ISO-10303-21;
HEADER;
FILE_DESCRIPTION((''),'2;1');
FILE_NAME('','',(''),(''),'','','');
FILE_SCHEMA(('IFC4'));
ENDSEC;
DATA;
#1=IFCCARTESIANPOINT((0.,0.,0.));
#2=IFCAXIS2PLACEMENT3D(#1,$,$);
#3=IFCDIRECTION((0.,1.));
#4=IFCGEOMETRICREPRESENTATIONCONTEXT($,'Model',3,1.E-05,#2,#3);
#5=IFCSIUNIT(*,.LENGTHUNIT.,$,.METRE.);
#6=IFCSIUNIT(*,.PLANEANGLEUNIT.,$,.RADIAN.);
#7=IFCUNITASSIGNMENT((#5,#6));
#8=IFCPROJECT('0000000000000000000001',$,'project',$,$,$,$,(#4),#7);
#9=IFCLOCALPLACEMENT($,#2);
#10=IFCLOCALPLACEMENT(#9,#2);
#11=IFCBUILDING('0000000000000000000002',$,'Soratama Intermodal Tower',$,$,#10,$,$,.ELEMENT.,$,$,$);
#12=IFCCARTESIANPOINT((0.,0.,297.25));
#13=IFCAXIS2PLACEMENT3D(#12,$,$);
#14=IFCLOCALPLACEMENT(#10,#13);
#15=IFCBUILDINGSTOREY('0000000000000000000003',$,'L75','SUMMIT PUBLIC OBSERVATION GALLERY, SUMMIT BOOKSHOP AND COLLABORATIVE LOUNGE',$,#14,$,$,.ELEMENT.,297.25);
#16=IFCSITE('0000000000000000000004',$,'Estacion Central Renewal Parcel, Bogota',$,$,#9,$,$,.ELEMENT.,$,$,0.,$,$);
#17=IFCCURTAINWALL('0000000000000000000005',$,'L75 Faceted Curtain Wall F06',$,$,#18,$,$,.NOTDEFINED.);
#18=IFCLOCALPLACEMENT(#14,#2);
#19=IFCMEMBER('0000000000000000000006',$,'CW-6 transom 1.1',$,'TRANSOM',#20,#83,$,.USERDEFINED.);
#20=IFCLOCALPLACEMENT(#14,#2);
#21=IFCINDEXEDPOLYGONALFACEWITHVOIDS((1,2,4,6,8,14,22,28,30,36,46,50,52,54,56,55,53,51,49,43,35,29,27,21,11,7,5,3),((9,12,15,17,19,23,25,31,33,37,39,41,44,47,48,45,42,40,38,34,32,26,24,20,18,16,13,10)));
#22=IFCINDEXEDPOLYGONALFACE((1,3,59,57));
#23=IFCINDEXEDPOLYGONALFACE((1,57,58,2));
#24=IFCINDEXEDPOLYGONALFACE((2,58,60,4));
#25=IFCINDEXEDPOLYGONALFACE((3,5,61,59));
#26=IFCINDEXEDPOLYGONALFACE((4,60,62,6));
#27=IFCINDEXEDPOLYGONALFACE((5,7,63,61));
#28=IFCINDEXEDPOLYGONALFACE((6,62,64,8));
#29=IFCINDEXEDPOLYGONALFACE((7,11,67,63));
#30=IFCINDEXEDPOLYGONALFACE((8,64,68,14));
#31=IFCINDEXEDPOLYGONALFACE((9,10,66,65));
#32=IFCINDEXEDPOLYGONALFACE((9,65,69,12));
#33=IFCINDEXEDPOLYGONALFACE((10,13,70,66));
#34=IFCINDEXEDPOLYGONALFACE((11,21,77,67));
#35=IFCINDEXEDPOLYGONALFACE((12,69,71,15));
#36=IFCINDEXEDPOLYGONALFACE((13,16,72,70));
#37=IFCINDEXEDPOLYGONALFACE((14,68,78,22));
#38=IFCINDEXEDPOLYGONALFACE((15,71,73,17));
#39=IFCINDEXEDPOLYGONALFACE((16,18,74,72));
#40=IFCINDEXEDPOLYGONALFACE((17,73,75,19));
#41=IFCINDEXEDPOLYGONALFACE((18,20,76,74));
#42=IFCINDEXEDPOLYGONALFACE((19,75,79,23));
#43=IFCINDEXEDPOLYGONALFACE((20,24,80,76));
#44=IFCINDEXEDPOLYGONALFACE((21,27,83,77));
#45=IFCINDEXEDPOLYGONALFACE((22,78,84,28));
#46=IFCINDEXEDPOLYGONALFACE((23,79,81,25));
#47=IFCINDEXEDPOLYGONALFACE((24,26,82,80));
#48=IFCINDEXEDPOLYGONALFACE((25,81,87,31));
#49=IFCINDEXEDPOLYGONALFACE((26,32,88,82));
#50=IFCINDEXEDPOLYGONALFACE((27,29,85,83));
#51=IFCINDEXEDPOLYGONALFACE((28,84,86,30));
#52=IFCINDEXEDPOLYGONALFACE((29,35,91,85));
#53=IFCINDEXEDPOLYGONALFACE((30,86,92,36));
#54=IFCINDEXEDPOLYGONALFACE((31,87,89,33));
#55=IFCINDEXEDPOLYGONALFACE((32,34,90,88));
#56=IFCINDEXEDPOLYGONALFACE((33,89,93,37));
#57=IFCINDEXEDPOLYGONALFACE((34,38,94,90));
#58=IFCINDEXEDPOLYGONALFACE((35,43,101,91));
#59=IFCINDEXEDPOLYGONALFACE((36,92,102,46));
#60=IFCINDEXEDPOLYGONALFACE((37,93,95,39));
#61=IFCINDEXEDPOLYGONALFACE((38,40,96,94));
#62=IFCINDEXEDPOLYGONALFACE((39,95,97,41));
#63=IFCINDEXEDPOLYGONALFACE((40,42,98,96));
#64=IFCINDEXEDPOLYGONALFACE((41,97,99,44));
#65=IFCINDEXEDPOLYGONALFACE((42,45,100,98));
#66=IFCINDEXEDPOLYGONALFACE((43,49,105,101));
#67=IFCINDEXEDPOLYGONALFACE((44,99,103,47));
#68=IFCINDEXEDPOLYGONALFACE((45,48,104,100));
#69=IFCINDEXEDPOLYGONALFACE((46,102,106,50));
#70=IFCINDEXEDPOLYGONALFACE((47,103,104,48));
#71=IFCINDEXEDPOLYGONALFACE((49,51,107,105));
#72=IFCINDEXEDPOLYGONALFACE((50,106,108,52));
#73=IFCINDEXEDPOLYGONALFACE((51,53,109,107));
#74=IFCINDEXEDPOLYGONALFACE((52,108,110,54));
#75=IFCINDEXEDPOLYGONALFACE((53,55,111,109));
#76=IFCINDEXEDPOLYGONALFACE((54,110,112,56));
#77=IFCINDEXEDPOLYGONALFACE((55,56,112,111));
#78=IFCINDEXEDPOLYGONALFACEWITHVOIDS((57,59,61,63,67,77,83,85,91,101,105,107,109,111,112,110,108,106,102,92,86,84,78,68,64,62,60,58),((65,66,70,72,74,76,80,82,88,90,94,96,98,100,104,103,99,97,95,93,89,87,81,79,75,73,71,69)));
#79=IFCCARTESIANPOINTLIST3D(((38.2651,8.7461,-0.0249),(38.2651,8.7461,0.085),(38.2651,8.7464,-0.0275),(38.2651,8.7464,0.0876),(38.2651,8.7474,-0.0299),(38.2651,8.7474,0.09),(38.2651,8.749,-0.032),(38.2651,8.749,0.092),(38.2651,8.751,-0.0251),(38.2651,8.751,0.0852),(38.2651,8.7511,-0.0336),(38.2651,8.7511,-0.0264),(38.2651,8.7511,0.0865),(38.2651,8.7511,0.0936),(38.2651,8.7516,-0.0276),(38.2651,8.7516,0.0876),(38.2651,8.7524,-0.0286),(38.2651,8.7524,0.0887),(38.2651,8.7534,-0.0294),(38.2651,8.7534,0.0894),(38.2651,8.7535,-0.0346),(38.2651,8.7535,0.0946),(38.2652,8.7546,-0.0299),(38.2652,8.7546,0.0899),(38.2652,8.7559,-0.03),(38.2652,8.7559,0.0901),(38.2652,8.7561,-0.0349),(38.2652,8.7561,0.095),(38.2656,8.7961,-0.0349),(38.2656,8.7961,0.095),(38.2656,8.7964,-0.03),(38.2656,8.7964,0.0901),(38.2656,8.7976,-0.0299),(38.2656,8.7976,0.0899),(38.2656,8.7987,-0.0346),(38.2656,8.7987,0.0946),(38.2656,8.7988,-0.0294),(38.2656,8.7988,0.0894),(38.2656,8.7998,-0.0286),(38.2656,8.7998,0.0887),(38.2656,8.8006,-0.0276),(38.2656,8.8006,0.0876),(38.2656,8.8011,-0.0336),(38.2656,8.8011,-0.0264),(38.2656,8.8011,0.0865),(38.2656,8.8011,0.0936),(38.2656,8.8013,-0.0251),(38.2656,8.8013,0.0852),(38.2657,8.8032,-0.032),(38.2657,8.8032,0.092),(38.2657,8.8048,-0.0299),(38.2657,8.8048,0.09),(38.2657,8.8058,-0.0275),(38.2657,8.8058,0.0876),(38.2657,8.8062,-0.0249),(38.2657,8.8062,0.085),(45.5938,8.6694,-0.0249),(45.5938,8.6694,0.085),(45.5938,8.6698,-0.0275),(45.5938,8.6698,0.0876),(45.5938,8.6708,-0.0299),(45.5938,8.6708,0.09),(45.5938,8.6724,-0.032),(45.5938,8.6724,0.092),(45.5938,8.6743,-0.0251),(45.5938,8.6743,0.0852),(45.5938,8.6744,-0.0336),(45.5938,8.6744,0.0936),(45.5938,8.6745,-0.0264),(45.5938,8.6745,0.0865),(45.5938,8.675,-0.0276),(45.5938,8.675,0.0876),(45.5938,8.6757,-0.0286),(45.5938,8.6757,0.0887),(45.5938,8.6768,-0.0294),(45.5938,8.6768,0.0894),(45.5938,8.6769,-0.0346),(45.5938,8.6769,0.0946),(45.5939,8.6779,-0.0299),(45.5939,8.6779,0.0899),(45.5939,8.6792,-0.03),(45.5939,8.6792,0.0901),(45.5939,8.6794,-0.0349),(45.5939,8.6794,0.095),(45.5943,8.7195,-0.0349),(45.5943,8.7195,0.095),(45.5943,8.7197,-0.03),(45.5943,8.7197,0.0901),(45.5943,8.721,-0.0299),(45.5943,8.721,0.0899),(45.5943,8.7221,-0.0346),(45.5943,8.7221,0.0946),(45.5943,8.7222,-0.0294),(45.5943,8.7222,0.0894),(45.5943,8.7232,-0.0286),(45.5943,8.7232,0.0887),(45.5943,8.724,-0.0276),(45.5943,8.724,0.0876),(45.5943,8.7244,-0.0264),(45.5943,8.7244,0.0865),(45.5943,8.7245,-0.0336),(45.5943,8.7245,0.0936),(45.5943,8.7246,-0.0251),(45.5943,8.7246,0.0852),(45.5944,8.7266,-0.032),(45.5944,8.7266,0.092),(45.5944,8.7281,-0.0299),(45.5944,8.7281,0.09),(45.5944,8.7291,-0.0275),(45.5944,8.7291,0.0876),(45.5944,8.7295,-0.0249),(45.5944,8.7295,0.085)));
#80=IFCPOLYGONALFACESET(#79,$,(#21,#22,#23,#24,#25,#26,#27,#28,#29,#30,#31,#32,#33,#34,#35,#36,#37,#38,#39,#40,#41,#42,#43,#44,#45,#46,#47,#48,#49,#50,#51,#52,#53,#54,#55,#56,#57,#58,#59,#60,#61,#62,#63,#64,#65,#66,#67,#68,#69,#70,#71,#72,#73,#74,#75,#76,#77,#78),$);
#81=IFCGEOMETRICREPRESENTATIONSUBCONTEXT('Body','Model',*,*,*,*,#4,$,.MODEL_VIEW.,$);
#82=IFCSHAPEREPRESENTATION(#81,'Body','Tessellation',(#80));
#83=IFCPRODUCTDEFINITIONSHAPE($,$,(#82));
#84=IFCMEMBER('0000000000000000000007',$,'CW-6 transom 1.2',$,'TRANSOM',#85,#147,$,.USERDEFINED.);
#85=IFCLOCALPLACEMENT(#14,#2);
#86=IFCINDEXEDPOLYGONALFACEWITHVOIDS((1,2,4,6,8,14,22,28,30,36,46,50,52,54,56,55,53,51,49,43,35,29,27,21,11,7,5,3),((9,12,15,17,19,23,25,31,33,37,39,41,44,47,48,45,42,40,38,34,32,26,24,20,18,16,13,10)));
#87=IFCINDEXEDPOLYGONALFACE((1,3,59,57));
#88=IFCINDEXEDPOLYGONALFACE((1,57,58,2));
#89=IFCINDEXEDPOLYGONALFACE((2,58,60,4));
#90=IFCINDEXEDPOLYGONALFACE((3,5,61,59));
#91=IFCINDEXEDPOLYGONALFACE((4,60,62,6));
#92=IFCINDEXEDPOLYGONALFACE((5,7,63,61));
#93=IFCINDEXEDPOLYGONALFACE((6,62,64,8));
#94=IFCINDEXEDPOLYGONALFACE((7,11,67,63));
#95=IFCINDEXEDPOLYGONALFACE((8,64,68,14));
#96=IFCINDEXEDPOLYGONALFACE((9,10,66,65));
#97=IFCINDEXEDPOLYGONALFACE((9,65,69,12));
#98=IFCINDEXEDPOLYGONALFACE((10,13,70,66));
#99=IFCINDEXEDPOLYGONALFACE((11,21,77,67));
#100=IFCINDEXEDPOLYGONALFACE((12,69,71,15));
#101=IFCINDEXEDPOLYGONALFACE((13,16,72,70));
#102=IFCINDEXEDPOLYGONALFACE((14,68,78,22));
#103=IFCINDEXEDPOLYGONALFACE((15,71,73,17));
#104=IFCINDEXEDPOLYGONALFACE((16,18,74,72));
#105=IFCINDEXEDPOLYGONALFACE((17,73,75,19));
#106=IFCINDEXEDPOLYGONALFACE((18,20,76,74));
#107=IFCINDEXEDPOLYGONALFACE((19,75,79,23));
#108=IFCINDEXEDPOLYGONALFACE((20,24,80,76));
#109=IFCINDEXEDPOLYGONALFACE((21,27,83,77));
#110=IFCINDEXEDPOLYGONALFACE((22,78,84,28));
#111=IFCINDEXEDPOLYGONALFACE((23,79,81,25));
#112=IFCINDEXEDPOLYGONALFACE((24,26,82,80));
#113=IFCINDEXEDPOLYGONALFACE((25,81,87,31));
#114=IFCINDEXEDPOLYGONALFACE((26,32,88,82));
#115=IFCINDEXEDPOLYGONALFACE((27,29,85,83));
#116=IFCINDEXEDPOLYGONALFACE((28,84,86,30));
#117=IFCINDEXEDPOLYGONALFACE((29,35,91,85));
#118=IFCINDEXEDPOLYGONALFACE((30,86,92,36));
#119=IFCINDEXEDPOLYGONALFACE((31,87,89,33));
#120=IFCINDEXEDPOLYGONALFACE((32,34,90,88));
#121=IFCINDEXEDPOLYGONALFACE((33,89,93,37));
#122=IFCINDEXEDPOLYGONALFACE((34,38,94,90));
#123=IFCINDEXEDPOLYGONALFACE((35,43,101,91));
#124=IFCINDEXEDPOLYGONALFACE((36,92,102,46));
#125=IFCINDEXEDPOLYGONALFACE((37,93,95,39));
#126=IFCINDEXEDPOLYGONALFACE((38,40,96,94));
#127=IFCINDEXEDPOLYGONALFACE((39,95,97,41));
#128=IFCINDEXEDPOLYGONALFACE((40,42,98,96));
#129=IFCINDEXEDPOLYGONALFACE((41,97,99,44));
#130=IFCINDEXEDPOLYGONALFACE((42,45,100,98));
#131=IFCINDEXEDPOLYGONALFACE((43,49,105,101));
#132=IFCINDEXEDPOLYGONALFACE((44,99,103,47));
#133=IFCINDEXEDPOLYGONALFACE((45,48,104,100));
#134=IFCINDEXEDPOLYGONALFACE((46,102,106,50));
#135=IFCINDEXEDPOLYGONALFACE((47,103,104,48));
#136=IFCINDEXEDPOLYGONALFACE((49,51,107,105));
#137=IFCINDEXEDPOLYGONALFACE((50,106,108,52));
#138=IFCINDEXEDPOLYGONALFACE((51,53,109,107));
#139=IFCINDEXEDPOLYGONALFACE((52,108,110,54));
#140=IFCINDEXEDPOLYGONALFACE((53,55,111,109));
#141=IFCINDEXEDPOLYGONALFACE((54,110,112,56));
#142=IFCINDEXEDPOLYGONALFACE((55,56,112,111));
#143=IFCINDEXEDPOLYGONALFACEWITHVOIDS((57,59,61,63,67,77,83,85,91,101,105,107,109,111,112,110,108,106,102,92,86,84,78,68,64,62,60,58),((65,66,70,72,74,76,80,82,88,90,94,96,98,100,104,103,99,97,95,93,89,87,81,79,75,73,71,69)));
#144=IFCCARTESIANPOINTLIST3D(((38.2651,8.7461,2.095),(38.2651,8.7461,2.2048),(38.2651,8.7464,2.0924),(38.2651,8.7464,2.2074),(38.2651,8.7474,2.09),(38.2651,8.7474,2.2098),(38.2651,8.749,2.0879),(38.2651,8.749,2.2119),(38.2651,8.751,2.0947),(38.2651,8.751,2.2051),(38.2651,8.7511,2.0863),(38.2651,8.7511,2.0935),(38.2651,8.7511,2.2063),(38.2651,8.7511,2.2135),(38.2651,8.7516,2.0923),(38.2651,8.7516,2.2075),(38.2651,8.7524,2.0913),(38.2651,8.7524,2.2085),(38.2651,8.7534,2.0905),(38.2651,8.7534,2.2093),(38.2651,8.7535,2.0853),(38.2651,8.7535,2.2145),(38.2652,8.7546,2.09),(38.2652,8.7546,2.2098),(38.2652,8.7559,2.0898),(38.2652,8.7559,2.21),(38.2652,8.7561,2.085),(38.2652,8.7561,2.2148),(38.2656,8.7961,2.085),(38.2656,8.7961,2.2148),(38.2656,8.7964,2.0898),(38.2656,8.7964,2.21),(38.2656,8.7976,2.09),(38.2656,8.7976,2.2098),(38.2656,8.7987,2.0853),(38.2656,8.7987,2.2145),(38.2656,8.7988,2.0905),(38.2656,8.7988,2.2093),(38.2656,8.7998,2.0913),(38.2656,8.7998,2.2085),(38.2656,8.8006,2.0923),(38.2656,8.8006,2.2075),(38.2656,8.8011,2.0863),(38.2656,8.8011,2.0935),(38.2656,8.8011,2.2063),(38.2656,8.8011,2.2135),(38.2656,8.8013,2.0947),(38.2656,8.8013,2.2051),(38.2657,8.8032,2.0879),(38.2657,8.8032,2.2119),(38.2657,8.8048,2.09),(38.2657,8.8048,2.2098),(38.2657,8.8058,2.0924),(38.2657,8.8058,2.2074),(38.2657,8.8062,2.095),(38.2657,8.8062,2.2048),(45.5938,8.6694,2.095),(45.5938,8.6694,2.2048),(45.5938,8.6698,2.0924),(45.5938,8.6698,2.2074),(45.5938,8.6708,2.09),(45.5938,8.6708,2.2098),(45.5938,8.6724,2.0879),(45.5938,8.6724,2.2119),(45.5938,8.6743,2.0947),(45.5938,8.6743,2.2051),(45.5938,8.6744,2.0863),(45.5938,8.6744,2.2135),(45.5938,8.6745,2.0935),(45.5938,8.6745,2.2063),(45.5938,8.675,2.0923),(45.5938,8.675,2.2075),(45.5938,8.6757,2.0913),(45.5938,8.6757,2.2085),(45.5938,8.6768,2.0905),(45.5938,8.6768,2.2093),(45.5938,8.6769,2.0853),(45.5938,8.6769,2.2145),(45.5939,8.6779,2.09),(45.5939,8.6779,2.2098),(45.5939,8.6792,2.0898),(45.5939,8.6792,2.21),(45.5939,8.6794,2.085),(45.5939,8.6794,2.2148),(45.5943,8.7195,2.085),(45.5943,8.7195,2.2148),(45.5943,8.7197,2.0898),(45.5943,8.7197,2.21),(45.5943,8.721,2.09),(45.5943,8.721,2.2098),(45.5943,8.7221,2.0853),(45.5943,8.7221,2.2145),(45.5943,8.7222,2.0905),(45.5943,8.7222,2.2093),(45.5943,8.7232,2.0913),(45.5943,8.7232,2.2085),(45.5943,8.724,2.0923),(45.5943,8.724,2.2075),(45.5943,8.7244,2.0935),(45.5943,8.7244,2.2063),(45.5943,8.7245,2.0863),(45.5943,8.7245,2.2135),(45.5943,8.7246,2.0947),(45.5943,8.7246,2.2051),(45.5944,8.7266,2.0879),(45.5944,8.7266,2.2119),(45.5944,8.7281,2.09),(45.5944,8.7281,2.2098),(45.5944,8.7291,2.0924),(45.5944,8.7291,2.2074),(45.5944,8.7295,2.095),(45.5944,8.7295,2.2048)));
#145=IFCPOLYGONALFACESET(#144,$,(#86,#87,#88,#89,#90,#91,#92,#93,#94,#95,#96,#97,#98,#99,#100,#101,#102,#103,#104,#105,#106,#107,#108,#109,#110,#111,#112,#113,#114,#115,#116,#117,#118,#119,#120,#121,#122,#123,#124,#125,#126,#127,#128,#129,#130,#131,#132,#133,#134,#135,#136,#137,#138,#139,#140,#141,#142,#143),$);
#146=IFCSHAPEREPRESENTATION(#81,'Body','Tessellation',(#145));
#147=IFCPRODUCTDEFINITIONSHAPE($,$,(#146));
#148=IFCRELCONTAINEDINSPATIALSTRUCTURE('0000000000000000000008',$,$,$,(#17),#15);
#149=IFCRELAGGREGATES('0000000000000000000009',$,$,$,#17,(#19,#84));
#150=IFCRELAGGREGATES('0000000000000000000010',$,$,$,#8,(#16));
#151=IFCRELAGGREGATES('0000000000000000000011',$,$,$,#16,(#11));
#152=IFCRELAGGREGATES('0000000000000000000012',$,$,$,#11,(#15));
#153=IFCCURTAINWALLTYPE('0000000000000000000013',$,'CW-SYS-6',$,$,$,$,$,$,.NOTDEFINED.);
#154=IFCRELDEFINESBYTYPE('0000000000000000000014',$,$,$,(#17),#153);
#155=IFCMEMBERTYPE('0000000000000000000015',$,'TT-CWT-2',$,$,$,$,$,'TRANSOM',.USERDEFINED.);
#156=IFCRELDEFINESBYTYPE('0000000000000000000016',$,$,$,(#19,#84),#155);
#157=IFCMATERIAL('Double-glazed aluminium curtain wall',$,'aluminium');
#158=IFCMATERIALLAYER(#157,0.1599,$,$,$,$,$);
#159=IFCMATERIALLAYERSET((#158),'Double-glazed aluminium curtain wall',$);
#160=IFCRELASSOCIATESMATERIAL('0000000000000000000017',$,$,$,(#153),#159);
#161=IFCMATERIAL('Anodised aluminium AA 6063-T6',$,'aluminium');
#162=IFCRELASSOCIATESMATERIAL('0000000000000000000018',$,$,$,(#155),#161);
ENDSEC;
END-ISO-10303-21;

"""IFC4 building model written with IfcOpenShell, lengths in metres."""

from ifc_helpers import new_model, si_unit, direction, frame, origin, origin_2d, place, context, subcontext, project, spatial, hollow_rectangle, extrude, material, layer, layer_set, material_profile, profile_set, type_object, element, aggregate, save


model = new_model("IFC4")

# Units and contexts
model_context = context("Model", 3, precision=1e-05, world=origin(), true_north=direction((0.0, 1.0)))
body_context = subcontext(model_context, "Body", "Model", "MODEL_VIEW")
ifc_project = project(units=[si_unit("LENGTHUNIT", "METRE"), si_unit("PLANEANGLEUNIT", "RADIAN")], contexts=[model_context])

# Site, building, storey
site_placement = place(None, origin())
site = spatial("IfcSite", under=ifc_project, at=site_placement, Name="Estacion Central Renewal Parcel, Bogota", CompositionType="ELEMENT", RefElevation=0.0)
building_placement = place(site_placement, origin())
building = spatial("IfcBuilding", under=site, at=building_placement, Name="Soratama Intermodal Tower", CompositionType="ELEMENT")
storey_placement = place(building_placement, frame((0.0, 0.0, 297.25)))
storey = spatial("IfcBuildingStorey", under=building, at=storey_placement, Name="L75", Description="SUMMIT PUBLIC OBSERVATION GALLERY, SUMMIT BOOKSHOP AND COLLABORATIVE LOUNGE", CompositionType="ELEMENT", Elevation=297.25)

# Shared definitions
ifc_material_1 = material(Name="Double-glazed aluminium curtain wall", Category="aluminium")
ifc_layer_1 = layer(ifc_material_1, 0.1599)
ifc_layer_set_1 = layer_set([ifc_layer_1], Name="Double-glazed aluminium curtain wall")
curtain_wall_type = type_object("IfcCurtainWallType", Name="CW-SYS-6", PredefinedType="NOTDEFINED", material=ifc_layer_set_1)

# Curtain wall, members
curtain_wall_1_placement = place(storey_placement, origin())
curtain_wall_1 = element("IfcCurtainWall", 1, at=curtain_wall_1_placement, inside=storey, type_object=curtain_wall_type, Name="L75 Faceted Curtain Wall F06", PredefinedType="NOTDEFINED")
ifc_material_2 = material(Name="Anodised aluminium AA 6063-T6", Category="aluminium")
ifc_material_profile_1 = material_profile(ifc_material_2, hollow_rectangle(XDim=0.0601, YDim=0.1299, WallThickness=0.0049, InnerFilletRadius=0.0049, OuterFilletRadius=0.01, at=origin_2d()), Name="CWT130X60X5")
ifc_profile_set_1 = profile_set([ifc_material_profile_1], Name="Anodised aluminium AA 6063-T6")
member_type_1 = type_object("IfcMemberType", Name="TT-CWT-2", ElementType="TRANSOM", PredefinedType="USERDEFINED", material=ifc_profile_set_1)
member_1_placement = place(storey_placement, frame((38.2654, 8.7761, 0.03), z_axis=(0.999945, -0.01046, 0.0), x_axis=(0.01046, 0.999945, 0.0)))
member_1 = element("IfcMember", 2, at=member_1_placement, type_object=member_type_1, Name="CW-6 transom 1.1", ObjectType="TRANSOM", PredefinedType="USERDEFINED", context=body_context, shape_type="SweptSolid", body=[
    extrude(hollow_rectangle(XDim=0.0601, YDim=0.1299, WallThickness=0.0049, InnerFilletRadius=0.0049, OuterFilletRadius=0.01, at=origin_2d()), origin(), (0.0, 0.0, 1.0), 7.3291),
])
member_2_placement = place(storey_placement, frame((38.2654, 8.7761, 2.1499), z_axis=(0.999945, -0.01046, 0.0), x_axis=(0.01046, 0.999945, 0.0)))
member_2 = element("IfcMember", 3, at=member_2_placement, type_object=member_type_1, Name="CW-6 transom 1.2", ObjectType="TRANSOM", PredefinedType="USERDEFINED", context=body_context, shape_type="SweptSolid", body=[
    extrude(hollow_rectangle(XDim=0.0601, YDim=0.1299, WallThickness=0.0049, InnerFilletRadius=0.0049, OuterFilletRadius=0.01, at=origin_2d()), origin(), (0.0, 0.0, 1.0), 7.3291),
])
aggregate(curtain_wall_1, [member_1, member_2])

save(model, "model.ifc")
